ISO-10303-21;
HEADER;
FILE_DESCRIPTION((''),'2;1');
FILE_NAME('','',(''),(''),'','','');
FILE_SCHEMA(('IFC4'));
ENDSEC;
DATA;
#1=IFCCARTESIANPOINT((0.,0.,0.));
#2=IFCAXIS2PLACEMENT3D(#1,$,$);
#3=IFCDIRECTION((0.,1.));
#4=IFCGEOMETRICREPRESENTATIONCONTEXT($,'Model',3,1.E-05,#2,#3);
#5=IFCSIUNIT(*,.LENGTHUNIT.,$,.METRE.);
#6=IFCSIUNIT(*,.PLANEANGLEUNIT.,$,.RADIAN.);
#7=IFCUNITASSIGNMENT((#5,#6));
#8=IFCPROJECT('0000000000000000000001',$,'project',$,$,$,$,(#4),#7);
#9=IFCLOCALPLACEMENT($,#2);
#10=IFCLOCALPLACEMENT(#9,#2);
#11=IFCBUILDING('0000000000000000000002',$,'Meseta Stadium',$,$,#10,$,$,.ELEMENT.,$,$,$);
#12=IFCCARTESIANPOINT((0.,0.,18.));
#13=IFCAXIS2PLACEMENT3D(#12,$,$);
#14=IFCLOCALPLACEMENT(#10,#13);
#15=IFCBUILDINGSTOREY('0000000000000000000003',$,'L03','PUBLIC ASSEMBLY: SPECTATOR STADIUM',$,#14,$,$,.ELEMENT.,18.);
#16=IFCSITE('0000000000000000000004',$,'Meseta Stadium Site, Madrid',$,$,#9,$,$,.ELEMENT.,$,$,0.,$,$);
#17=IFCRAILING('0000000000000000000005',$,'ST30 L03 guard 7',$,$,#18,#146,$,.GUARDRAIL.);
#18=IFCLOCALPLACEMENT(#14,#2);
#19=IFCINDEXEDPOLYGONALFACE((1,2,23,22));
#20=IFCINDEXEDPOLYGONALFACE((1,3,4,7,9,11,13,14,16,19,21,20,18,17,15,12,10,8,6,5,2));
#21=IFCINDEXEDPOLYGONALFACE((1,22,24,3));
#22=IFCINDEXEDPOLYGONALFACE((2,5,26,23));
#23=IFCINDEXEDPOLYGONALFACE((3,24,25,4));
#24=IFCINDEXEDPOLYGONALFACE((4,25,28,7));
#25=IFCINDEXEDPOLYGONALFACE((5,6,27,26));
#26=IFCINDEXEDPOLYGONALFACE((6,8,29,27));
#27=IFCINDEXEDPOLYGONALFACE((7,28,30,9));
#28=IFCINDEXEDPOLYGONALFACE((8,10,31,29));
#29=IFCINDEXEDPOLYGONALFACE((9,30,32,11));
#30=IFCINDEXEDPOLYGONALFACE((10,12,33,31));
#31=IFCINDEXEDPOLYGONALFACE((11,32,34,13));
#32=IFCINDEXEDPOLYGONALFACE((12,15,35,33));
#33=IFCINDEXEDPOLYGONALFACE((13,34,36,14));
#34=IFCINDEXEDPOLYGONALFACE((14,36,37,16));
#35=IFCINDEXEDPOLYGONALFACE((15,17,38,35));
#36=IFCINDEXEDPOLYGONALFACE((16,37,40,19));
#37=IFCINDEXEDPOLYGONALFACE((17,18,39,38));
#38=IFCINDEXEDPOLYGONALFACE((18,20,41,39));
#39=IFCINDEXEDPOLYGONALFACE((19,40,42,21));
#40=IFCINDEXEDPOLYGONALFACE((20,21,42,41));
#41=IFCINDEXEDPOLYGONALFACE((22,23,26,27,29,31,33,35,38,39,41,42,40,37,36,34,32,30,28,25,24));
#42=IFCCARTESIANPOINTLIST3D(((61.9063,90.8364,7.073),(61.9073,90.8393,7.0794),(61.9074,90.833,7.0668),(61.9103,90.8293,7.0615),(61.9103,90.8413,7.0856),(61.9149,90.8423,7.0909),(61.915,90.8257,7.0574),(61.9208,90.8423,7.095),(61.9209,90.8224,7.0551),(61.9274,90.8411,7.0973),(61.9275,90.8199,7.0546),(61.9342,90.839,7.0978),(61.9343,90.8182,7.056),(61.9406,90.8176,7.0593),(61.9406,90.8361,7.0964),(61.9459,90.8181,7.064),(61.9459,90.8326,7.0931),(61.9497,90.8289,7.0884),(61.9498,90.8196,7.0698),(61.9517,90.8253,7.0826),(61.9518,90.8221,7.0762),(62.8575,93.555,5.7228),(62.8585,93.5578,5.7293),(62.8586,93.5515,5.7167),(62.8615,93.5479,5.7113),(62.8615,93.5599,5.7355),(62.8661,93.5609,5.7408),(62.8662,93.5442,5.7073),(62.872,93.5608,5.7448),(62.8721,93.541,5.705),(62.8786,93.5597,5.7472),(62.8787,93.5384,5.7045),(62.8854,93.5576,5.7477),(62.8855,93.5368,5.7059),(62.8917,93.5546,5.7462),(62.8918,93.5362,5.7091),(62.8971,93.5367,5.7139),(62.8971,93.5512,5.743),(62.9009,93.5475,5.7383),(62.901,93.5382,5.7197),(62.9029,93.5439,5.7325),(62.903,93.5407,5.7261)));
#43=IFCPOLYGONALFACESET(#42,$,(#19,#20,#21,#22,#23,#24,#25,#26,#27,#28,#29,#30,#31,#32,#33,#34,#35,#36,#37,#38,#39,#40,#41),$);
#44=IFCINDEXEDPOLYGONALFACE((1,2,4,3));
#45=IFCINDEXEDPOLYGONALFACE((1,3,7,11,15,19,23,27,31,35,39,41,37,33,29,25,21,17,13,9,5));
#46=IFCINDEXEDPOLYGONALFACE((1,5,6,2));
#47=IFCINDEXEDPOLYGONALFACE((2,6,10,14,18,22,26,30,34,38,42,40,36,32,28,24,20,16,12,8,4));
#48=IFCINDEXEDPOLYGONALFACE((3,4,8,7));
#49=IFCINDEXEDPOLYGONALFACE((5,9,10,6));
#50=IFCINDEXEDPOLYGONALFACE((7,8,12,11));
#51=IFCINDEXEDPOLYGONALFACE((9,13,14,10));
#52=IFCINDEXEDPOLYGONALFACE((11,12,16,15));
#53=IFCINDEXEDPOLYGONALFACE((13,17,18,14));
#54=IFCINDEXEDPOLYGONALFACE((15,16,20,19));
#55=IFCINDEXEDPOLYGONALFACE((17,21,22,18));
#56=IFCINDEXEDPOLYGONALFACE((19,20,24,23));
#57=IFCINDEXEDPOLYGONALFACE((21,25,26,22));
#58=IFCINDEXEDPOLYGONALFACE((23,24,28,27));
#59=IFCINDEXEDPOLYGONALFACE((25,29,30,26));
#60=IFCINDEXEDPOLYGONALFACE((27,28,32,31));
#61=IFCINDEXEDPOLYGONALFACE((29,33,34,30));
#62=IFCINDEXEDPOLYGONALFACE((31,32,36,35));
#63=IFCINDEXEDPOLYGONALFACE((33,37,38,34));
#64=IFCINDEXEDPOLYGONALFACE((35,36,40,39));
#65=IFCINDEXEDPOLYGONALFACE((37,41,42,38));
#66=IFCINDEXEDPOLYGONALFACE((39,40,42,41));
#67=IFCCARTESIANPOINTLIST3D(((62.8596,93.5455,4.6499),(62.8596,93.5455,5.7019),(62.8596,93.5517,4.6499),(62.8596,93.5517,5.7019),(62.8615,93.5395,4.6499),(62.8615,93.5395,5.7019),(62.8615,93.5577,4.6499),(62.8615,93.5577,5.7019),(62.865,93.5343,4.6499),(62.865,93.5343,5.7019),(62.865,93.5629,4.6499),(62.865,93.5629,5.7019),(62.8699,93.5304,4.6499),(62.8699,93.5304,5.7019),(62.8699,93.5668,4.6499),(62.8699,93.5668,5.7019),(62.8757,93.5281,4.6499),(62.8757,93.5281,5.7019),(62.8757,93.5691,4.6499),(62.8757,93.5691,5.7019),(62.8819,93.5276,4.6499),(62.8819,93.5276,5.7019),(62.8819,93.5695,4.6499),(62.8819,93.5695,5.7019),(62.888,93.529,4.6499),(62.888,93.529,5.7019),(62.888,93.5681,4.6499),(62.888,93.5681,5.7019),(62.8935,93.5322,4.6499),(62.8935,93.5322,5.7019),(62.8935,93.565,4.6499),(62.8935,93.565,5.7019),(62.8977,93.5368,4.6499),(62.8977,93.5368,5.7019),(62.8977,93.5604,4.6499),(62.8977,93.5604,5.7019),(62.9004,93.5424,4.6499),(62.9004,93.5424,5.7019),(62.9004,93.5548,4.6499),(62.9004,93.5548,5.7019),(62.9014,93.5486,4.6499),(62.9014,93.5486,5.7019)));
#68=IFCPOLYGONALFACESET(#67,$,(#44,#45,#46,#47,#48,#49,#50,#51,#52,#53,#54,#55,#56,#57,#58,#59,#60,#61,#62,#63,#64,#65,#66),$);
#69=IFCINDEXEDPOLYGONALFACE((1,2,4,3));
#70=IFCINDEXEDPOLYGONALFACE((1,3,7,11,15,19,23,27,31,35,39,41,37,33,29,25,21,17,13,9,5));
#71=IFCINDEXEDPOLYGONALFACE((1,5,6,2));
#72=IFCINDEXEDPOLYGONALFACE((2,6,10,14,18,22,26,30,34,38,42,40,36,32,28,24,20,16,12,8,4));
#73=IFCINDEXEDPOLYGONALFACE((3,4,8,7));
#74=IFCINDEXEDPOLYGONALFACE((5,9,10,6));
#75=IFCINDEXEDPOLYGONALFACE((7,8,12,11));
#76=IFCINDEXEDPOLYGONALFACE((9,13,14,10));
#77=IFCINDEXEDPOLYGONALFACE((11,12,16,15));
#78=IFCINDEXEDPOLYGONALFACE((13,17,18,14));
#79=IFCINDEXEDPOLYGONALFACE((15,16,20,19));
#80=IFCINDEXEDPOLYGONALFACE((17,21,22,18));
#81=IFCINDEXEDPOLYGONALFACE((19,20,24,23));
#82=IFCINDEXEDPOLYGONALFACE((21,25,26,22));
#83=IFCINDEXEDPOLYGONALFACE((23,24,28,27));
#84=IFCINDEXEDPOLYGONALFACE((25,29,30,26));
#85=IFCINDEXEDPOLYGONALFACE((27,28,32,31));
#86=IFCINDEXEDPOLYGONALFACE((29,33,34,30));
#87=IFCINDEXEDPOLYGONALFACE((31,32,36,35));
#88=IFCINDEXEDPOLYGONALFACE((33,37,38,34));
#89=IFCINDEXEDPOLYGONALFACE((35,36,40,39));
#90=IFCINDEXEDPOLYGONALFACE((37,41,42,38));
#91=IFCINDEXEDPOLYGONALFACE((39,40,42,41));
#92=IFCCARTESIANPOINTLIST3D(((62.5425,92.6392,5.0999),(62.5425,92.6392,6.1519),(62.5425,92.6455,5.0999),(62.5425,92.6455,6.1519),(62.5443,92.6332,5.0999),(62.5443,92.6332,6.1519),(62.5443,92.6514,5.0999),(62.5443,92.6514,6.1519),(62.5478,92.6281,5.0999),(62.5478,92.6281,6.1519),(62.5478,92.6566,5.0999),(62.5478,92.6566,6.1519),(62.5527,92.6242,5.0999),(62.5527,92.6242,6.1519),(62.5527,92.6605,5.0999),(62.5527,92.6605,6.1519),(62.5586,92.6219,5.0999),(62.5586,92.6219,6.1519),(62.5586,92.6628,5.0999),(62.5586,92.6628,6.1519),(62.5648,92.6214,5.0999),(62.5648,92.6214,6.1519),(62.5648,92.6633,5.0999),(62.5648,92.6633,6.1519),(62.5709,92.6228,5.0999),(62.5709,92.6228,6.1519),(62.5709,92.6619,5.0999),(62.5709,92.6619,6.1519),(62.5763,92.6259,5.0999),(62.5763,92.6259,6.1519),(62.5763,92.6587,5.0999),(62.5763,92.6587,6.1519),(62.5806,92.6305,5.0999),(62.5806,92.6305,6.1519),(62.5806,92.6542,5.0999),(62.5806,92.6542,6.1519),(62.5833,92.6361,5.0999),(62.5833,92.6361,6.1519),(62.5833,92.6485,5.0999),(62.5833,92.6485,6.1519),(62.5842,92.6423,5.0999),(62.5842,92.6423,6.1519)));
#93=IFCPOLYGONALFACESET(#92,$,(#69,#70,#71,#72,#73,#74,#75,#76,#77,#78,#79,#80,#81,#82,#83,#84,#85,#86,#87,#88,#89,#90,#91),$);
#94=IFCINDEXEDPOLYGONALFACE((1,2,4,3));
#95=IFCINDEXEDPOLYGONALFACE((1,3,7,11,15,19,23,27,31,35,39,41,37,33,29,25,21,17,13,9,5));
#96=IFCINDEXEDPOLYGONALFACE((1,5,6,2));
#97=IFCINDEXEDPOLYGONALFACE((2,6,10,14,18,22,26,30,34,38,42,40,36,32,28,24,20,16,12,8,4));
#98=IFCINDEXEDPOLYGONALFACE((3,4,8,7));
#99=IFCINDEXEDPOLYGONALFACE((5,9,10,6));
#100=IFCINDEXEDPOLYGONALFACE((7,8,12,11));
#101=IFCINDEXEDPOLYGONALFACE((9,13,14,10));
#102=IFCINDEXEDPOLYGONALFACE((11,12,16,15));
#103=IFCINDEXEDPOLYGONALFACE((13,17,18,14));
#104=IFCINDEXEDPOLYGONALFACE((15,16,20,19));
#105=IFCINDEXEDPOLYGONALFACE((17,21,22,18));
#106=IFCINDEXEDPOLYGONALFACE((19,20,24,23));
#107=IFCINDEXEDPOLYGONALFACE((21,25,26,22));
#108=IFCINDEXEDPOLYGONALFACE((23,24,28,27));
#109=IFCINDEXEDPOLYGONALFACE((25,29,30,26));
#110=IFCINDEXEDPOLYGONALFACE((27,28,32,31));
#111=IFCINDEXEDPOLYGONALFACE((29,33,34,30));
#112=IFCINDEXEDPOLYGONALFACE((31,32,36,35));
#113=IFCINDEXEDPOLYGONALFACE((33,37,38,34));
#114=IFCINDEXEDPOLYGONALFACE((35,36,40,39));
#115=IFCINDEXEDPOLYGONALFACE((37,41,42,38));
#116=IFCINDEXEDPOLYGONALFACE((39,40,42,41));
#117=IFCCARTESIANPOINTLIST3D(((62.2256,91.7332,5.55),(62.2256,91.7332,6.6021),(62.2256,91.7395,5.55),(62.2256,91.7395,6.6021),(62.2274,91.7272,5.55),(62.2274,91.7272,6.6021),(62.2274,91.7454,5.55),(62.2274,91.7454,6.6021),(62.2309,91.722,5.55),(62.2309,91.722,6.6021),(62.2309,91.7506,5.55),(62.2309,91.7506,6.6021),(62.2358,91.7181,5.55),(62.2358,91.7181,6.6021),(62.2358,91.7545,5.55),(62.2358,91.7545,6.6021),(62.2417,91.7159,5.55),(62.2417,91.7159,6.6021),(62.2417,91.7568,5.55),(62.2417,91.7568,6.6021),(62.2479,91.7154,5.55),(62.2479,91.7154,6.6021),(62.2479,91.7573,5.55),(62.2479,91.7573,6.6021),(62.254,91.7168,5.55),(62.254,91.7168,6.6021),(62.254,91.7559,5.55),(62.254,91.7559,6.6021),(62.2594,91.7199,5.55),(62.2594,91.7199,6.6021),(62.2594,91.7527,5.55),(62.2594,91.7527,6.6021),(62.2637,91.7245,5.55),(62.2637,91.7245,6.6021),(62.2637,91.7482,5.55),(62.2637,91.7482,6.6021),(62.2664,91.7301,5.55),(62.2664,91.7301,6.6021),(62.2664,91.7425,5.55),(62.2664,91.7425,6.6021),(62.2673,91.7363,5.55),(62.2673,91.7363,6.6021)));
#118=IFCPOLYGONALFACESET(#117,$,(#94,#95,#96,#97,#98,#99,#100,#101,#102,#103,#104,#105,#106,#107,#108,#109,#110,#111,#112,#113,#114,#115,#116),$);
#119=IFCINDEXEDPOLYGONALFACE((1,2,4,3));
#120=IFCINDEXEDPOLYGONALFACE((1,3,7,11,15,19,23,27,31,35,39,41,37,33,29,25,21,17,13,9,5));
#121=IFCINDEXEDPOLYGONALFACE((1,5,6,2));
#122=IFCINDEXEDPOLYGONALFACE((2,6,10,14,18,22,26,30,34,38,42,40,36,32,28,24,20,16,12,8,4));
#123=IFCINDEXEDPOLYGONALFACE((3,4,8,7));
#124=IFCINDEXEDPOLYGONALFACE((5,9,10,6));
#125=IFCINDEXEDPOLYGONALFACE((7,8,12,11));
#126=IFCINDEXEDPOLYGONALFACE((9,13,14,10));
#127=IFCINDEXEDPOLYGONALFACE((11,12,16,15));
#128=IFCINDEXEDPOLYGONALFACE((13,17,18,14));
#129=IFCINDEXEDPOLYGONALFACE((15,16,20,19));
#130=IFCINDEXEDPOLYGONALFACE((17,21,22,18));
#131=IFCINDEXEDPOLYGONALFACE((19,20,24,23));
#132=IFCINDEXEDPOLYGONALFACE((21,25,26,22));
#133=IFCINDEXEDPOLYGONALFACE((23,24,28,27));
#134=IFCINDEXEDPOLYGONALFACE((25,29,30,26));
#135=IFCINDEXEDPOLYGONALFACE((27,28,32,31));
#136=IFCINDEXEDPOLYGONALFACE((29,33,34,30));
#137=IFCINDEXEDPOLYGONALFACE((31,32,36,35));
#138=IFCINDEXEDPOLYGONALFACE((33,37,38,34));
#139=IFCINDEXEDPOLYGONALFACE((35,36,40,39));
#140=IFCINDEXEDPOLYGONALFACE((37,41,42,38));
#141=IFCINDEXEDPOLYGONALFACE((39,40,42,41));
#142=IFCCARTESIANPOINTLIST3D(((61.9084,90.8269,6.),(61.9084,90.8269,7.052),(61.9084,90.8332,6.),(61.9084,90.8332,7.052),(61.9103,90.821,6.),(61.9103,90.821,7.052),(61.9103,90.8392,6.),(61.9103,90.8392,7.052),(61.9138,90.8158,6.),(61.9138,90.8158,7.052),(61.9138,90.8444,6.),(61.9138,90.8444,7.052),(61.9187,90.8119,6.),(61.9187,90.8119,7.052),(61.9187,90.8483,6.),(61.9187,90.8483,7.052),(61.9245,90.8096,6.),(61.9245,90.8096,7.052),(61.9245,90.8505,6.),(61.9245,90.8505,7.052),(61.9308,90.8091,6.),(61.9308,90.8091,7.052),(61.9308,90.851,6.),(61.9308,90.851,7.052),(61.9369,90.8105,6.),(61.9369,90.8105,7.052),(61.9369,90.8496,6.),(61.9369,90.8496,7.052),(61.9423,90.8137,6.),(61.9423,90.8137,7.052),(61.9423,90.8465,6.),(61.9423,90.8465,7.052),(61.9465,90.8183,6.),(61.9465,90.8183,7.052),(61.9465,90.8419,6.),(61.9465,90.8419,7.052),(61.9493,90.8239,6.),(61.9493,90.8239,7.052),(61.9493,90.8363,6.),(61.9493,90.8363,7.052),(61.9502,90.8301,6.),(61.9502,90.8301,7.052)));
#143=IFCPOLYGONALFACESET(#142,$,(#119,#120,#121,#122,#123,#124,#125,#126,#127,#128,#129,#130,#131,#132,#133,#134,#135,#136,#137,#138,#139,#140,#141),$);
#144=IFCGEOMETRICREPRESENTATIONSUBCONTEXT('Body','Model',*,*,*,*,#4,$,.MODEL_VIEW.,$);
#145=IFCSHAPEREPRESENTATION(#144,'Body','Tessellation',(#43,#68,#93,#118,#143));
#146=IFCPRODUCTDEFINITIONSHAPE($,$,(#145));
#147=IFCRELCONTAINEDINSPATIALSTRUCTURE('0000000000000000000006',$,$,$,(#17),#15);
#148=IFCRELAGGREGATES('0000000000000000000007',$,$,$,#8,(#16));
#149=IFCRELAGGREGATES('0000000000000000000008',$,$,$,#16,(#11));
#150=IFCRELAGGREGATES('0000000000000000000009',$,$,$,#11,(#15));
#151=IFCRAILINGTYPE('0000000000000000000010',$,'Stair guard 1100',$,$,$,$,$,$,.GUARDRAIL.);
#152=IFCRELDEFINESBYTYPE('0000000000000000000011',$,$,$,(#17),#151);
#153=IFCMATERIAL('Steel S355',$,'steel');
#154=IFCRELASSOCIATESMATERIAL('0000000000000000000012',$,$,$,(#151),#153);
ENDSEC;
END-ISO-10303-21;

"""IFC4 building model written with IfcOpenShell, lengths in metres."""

from ifc_helpers import new_model, si_unit, direction, frame, origin, origin_2d, place, context, subcontext, project, spatial, circle, extrude, material, type_object, element, save


model = new_model("IFC4")

# Units and contexts
model_context = context("Model", 3, precision=1e-05, world=origin(), true_north=direction((0.0, 1.0)))
body_context = subcontext(model_context, "Body", "Model", "MODEL_VIEW")
ifc_project = project(units=[si_unit("LENGTHUNIT", "METRE"), si_unit("PLANEANGLEUNIT", "RADIAN")], contexts=[model_context])

# Site, building, storey
site_placement = place(None, origin())
site = spatial("IfcSite", under=ifc_project, at=site_placement, Name="Meseta Stadium Site, Madrid", CompositionType="ELEMENT", RefElevation=0.0)
building_placement = place(site_placement, origin())
building = spatial("IfcBuilding", under=site, at=building_placement, Name="Meseta Stadium", CompositionType="ELEMENT")
storey_placement = place(building_placement, frame((0.0, 0.0, 18.0)))
storey = spatial("IfcBuildingStorey", under=building, at=storey_placement, Name="L03", Description="PUBLIC ASSEMBLY: SPECTATOR STADIUM", CompositionType="ELEMENT", Elevation=18.0)

# Railing
ifc_material_1 = material(Name="Steel S355", Category="steel")
railing_type_1 = type_object("IfcRailingType", Name="Stair guard 1100", PredefinedType="GUARDRAIL", material=ifc_material_1)
railing_1_placement = place(storey_placement, frame((62.8804, 93.5486, 4.6499)))
element("IfcRailing", 1, at=railing_1_placement, inside=storey, type_object=railing_type_1, Name="ST30 L03 guard 7", PredefinedType="GUARDRAIL", context=body_context, shape_type="SweptSolid", body=[
    extrude(circle(Radius=0.0239, at=origin_2d()), frame((0.0, 0.0, 1.0762), z_axis=(-0.299031, -0.854649, 0.424446), x_axis=(0.943891, -0.330256, 0.0)), (0.0, 0.0, 1.0), 3.1809),
    extrude(circle(Radius=0.021, at=origin_2d()), origin(), (0.0, 0.0, 1.0), 1.052),
    extrude(circle(Radius=0.021, at=origin_2d()), frame((-0.3171, -0.9062, 0.45)), (0.0, 0.0, 1.0), 1.052),
    extrude(circle(Radius=0.021, at=origin_2d()), frame((-0.634, -1.8123, 0.9001)), (0.0, 0.0, 1.0), 1.052),
    extrude(circle(Radius=0.021, at=origin_2d()), frame((-0.9512, -2.7185, 1.3501)), (0.0, 0.0, 1.0), 1.052),
])

save(model, "model.ifc")
